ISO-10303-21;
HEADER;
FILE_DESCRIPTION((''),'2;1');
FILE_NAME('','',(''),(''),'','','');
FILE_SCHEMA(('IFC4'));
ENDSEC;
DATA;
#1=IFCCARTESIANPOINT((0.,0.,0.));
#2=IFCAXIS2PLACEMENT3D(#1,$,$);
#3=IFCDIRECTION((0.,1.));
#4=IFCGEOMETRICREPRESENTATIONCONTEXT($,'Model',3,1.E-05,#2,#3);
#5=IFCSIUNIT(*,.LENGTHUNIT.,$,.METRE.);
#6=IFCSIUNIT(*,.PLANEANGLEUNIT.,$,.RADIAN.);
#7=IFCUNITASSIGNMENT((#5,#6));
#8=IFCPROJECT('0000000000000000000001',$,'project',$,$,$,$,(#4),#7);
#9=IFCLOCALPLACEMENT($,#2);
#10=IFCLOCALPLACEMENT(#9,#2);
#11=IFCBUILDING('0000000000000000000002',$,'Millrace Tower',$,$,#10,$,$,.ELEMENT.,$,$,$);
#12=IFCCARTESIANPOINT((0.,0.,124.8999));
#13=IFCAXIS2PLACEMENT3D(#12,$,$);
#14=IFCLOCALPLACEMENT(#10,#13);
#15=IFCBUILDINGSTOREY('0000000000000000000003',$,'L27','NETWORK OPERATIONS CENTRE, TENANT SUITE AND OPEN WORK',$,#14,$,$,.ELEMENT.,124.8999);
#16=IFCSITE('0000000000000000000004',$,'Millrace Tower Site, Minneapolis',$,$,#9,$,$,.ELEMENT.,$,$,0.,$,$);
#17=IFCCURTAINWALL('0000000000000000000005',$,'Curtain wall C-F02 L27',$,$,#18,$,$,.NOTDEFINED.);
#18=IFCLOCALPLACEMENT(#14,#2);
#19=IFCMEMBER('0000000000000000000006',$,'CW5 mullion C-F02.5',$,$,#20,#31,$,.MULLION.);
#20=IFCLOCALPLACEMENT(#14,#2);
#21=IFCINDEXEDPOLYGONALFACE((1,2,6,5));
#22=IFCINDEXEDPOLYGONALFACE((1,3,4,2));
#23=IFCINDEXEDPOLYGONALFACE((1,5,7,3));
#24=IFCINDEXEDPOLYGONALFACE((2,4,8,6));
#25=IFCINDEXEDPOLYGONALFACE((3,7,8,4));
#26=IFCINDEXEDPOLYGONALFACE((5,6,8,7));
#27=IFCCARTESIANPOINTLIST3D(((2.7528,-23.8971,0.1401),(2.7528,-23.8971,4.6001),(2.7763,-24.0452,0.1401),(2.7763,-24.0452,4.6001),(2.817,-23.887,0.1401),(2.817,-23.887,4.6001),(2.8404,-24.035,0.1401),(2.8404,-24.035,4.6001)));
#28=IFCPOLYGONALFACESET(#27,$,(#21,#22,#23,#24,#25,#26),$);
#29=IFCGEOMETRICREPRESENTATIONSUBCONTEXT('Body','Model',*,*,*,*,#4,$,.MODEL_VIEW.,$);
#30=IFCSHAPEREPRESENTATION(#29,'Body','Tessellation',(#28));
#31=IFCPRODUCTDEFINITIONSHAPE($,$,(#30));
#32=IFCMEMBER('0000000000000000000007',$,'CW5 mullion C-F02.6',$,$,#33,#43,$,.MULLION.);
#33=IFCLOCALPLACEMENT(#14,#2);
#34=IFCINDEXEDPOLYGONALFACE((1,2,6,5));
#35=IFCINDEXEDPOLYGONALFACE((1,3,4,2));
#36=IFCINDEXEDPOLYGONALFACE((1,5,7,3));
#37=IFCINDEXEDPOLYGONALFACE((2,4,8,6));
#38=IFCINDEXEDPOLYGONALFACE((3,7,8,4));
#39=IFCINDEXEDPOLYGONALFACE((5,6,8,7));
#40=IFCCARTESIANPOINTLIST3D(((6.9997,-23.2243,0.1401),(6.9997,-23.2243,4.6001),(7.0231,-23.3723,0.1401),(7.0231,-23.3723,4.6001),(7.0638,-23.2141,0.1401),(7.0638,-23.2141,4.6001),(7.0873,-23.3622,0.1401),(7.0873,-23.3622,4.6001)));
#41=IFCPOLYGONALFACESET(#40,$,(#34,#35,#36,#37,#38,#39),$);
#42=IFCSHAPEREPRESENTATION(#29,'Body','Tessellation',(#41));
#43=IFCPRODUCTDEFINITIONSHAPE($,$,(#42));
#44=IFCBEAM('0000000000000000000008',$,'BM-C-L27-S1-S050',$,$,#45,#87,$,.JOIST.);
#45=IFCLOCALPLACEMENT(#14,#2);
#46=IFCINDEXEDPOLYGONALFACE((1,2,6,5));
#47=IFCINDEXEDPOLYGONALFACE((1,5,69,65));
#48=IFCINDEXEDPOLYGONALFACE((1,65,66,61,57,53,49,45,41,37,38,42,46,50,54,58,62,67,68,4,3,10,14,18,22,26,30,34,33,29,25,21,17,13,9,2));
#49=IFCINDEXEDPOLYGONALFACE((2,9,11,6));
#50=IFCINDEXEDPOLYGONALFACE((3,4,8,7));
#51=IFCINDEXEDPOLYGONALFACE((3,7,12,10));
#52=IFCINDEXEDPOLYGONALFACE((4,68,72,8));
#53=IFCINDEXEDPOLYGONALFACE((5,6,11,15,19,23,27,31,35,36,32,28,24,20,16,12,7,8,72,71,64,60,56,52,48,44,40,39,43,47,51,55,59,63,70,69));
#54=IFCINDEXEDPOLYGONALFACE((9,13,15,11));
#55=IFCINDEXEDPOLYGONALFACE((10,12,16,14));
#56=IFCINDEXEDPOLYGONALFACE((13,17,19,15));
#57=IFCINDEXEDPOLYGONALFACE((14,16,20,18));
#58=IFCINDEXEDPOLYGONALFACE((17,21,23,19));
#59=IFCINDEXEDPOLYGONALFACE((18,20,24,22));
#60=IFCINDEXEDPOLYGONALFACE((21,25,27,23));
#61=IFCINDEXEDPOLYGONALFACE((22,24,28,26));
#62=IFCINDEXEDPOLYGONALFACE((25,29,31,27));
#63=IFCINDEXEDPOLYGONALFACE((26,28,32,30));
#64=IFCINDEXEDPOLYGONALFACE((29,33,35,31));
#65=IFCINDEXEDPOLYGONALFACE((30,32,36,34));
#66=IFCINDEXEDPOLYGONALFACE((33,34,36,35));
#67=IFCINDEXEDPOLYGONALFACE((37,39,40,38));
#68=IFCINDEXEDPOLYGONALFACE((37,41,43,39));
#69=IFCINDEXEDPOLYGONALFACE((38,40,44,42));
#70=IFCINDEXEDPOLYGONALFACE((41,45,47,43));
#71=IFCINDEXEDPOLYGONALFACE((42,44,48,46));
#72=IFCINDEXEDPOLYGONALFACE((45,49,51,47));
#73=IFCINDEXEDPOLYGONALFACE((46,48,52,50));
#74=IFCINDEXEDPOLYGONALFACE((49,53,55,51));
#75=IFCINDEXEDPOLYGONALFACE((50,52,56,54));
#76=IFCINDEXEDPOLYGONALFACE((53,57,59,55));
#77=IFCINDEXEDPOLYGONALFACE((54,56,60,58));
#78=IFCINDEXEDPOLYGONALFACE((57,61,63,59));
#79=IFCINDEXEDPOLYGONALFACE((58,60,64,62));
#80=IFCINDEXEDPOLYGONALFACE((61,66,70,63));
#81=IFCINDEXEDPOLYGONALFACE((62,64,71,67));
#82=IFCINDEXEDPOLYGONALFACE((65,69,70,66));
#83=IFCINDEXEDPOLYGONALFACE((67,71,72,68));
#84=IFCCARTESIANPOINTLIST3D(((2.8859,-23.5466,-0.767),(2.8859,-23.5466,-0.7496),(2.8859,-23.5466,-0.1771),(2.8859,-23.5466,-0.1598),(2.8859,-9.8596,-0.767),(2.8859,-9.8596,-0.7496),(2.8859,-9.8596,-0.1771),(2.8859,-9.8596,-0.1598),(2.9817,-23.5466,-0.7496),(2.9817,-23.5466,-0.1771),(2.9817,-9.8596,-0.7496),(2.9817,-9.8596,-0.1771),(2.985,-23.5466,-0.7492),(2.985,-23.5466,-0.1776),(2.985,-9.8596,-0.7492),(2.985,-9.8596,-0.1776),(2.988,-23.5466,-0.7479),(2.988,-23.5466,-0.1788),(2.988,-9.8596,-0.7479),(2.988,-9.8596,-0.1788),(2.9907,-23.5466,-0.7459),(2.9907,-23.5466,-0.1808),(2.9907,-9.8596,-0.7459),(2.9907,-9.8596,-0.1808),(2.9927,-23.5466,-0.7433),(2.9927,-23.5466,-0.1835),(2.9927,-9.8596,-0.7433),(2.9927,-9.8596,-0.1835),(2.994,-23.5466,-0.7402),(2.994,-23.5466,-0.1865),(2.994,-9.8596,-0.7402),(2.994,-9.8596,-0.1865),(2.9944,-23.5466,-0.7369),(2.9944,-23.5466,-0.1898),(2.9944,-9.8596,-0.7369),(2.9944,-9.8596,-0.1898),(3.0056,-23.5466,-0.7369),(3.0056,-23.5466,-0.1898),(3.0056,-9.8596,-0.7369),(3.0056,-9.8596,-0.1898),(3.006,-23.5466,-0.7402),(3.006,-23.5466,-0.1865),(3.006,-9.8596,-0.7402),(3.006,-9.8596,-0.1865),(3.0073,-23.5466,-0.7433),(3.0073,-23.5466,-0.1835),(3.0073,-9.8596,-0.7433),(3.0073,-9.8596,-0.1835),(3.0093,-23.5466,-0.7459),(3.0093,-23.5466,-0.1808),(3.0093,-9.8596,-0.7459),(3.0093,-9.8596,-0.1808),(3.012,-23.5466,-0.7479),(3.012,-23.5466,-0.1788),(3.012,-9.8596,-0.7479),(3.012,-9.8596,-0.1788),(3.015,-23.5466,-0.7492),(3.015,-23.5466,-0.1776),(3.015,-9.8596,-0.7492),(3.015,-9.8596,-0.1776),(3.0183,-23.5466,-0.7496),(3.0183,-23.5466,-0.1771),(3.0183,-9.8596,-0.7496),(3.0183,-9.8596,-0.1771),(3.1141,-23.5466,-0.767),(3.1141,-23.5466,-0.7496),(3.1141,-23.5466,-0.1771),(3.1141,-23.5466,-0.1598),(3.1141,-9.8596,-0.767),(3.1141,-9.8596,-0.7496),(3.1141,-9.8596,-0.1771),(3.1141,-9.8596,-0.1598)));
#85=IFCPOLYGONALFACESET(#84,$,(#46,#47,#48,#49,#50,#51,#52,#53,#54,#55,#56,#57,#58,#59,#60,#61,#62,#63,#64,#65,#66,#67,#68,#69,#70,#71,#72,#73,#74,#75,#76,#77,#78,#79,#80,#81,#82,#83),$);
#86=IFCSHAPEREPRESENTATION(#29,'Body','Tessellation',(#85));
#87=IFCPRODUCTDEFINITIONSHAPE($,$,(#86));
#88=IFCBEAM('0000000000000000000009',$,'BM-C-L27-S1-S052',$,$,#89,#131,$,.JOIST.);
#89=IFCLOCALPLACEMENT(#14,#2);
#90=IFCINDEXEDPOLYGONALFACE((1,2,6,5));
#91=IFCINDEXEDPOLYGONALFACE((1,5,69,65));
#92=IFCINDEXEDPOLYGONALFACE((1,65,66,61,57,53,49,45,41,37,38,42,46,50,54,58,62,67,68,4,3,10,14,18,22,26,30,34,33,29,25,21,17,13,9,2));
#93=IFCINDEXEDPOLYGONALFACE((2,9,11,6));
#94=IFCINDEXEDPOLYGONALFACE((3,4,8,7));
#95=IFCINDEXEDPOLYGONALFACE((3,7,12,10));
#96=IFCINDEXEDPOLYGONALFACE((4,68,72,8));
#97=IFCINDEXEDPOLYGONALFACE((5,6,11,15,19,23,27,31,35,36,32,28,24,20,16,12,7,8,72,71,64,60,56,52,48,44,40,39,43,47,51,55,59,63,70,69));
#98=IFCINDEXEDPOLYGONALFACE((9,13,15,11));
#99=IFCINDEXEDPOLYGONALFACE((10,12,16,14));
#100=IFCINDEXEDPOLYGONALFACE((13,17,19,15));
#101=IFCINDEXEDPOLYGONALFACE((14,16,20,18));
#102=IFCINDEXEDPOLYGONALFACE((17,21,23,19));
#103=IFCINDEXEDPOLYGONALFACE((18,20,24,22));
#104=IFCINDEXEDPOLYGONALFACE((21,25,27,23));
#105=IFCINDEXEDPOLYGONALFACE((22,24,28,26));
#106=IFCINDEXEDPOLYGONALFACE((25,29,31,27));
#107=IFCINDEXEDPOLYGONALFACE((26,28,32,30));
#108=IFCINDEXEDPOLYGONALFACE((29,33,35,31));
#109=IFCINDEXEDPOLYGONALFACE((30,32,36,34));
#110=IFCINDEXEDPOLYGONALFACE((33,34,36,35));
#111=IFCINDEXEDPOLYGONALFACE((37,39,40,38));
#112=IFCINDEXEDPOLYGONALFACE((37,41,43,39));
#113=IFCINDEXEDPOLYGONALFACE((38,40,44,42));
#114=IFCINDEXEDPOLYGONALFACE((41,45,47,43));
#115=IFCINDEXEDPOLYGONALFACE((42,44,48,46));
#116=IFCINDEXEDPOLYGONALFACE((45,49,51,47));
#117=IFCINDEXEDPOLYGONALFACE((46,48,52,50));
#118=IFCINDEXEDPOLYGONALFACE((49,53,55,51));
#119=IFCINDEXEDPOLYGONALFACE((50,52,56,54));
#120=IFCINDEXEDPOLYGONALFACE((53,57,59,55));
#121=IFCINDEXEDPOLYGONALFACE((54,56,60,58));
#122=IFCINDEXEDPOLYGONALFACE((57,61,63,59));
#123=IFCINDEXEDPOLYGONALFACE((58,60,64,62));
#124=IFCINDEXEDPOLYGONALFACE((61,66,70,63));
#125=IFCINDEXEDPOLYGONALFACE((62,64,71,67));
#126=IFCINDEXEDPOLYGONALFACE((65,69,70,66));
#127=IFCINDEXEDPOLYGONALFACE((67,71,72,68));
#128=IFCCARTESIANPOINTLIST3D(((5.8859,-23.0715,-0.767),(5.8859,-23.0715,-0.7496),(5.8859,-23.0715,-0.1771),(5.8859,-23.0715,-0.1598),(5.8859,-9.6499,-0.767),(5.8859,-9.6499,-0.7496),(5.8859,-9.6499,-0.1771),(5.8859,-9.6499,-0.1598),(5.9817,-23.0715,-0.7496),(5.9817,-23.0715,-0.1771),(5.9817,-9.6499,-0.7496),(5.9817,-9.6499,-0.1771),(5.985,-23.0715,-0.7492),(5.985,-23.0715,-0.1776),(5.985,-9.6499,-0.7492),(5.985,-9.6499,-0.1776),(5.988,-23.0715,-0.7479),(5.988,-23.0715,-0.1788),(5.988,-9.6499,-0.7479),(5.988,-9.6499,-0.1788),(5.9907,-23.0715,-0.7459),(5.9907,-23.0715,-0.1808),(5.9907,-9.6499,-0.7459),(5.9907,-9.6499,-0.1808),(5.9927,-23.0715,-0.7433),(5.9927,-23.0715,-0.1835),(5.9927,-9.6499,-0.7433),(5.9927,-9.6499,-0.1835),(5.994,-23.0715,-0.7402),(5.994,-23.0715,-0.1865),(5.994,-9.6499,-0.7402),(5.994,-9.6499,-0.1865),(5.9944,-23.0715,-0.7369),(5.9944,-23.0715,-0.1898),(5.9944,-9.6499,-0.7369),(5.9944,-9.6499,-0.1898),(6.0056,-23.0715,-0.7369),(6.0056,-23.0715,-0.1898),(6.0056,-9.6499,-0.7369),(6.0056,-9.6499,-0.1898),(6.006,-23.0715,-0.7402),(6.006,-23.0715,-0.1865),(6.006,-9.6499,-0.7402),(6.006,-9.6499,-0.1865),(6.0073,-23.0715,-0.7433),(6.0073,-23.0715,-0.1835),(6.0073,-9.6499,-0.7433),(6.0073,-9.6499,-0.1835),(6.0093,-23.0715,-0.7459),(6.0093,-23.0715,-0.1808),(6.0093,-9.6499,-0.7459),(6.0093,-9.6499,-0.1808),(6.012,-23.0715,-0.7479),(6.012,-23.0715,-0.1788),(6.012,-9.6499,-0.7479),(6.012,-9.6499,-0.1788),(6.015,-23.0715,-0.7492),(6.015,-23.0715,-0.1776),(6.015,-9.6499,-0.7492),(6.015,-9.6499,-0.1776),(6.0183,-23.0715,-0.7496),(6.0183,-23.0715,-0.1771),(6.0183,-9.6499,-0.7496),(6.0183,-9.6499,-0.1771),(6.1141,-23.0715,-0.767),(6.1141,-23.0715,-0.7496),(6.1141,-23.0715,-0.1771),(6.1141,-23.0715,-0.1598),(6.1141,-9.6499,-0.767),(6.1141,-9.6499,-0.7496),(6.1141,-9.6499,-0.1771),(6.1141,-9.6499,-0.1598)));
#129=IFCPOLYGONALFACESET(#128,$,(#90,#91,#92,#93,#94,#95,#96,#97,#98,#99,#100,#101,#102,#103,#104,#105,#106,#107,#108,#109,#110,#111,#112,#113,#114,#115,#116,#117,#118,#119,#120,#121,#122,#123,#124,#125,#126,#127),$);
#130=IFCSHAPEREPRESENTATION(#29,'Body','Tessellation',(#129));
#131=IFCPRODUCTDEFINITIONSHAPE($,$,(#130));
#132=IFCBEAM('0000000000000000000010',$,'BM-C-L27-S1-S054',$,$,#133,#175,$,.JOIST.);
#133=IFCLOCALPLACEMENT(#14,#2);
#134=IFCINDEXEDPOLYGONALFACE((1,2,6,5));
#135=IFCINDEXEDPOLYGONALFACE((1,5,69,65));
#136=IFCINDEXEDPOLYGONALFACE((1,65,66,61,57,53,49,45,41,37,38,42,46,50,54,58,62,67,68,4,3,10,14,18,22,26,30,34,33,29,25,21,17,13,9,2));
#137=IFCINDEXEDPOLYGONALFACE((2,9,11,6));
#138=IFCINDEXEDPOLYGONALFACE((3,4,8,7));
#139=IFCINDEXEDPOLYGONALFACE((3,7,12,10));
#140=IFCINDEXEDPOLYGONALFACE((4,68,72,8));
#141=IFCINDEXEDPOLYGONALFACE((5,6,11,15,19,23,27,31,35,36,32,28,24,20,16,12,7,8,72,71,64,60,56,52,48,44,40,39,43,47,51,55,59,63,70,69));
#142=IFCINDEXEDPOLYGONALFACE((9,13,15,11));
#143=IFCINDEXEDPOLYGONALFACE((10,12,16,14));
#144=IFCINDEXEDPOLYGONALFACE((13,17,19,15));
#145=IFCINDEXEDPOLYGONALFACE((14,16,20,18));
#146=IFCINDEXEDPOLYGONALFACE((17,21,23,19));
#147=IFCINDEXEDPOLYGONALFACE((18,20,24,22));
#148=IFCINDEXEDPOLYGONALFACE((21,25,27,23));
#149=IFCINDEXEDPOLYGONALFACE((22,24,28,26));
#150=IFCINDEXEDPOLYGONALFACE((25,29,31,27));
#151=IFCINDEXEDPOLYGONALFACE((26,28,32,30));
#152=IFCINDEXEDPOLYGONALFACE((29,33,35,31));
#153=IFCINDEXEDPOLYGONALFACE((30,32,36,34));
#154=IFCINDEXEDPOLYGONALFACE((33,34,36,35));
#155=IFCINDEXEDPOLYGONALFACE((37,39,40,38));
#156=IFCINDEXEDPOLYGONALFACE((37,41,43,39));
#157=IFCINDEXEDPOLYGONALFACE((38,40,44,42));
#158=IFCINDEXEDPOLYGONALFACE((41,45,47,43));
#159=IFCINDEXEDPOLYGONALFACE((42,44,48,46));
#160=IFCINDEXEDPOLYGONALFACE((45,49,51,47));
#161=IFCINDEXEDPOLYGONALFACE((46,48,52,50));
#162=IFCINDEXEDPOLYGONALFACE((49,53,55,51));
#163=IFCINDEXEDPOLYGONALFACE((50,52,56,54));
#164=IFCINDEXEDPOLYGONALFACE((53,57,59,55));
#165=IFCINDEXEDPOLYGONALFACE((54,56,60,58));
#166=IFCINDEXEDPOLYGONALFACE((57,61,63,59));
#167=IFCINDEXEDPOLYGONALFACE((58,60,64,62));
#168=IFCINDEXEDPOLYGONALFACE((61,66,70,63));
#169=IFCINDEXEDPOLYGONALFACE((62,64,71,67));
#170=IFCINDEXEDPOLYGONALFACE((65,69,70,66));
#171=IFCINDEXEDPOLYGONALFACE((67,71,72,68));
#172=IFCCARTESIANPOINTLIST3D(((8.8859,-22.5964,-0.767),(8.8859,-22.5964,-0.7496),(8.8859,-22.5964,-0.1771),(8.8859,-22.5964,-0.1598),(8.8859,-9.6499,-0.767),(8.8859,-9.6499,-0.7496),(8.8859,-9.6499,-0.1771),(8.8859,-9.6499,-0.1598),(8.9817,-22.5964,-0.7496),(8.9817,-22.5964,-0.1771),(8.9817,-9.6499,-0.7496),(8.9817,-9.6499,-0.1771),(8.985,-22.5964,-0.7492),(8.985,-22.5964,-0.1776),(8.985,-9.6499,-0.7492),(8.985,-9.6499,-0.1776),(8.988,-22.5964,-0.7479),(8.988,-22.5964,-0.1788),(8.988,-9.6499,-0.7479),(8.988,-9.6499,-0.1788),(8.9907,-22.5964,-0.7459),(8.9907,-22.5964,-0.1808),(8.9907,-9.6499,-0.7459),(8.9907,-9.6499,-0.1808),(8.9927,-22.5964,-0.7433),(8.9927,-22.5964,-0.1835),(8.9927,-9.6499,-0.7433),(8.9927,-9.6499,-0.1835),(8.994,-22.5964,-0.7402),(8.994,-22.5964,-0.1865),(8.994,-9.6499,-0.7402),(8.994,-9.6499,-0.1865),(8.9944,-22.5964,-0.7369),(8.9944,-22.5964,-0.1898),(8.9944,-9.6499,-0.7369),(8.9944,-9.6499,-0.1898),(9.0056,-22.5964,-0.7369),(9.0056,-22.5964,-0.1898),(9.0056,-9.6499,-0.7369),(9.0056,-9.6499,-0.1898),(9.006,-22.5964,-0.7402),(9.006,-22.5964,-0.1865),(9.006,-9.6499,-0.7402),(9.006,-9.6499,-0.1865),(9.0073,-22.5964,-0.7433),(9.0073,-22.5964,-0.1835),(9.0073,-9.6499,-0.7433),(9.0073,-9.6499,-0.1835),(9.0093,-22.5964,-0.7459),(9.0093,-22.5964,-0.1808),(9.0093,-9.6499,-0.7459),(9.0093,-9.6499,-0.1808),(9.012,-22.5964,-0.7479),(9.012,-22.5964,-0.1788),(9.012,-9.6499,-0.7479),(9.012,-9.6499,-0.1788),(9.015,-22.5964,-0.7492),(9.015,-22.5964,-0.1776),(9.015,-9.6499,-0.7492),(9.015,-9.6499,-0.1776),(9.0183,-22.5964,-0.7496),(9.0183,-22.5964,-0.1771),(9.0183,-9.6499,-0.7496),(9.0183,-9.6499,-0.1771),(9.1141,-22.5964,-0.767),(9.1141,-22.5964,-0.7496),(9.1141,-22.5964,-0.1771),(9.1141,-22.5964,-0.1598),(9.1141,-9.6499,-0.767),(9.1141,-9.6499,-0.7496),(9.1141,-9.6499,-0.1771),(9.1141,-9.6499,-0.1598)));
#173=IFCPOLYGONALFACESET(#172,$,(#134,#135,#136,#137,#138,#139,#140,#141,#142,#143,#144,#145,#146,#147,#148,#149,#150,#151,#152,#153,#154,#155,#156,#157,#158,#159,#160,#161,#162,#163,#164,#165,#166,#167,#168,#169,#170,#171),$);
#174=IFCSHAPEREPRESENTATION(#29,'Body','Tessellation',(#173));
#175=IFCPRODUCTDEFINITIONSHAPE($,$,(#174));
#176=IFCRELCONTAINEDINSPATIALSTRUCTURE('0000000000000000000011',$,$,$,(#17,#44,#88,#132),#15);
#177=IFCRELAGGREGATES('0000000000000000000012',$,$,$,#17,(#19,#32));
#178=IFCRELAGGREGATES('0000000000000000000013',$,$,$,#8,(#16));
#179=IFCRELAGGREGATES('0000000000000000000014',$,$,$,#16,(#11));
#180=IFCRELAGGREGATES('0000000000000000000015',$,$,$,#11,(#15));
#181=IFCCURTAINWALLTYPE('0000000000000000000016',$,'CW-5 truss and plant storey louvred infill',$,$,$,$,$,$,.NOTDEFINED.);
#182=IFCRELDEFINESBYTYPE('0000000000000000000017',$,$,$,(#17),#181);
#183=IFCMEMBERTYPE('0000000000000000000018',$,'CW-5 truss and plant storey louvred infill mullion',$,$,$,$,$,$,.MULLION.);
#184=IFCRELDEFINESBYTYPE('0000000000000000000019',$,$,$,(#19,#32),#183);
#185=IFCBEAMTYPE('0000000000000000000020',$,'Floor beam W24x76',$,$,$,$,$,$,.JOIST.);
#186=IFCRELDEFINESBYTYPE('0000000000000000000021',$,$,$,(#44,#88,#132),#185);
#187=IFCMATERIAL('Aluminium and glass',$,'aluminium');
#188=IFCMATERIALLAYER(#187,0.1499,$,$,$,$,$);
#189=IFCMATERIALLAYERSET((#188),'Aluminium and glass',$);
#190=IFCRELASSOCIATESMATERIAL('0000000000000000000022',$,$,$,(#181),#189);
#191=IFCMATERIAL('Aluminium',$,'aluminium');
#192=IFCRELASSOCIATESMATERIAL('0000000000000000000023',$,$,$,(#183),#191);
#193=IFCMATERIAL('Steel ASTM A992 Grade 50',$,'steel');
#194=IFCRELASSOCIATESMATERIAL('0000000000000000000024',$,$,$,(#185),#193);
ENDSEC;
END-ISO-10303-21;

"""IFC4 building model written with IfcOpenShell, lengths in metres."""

from ifc_helpers import new_model, si_unit, direction, frame, origin, origin_2d, place, context, subcontext, project, spatial, rectangle, i_section, extrude, material, layer, layer_set, material_profile, profile_set, type_object, element, aggregate, save


model = new_model("IFC4")

# Units and contexts
model_context = context("Model", 3, precision=1e-05, world=origin(), true_north=direction((0.0, 1.0)))
body_context = subcontext(model_context, "Body", "Model", "MODEL_VIEW")
ifc_project = project(units=[si_unit("LENGTHUNIT", "METRE"), si_unit("PLANEANGLEUNIT", "RADIAN")], contexts=[model_context])

# Site, building, storey
site_placement = place(None, origin())
site = spatial("IfcSite", under=ifc_project, at=site_placement, Name="Millrace Tower Site, Minneapolis", CompositionType="ELEMENT", RefElevation=0.0)
building_placement = place(site_placement, origin())
building = spatial("IfcBuilding", under=site, at=building_placement, Name="Millrace Tower", CompositionType="ELEMENT")
storey_placement = place(building_placement, frame((0.0, 0.0, 124.8999)))
storey = spatial("IfcBuildingStorey", under=building, at=storey_placement, Name="L27", Description="NETWORK OPERATIONS CENTRE, TENANT SUITE AND OPEN WORK", CompositionType="ELEMENT", Elevation=124.8999)

# Curtain wall, members
ifc_material_1 = material(Name="Aluminium and glass", Category="aluminium")
ifc_layer_1 = layer(ifc_material_1, 0.1499)
ifc_layer_set_1 = layer_set([ifc_layer_1], Name="Aluminium and glass")
curtain_wall_type = type_object("IfcCurtainWallType", Name="CW-5 truss and plant storey louvred infill", PredefinedType="NOTDEFINED", material=ifc_layer_set_1)
curtain_wall_placement = place(storey_placement, origin())
curtain_wall = element("IfcCurtainWall", 1, at=curtain_wall_placement, inside=storey, type_object=curtain_wall_type, Name="Curtain wall C-F02 L27", PredefinedType="NOTDEFINED")
ifc_material_2 = material(Name="Aluminium", Category="aluminium")
ifc_material_profile_1 = material_profile(ifc_material_2, rectangle(XDim=0.0649, YDim=0.1499, at=origin_2d()))
ifc_profile_set_1 = profile_set([ifc_material_profile_1], Name="Aluminium")
member_type_1 = type_object("IfcMemberType", Name="CW-5 truss and plant storey louvred infill mullion", PredefinedType="MULLION", material=ifc_profile_set_1)
member_1_placement = place(storey_placement, frame((2.7966, -23.9661, 0.1401), z_axis=(0.0, 0.0, 1.0), x_axis=(0.987688, 0.156434, 0.0)))
member_1 = element("IfcMember", 2, at=member_1_placement, type_object=member_type_1, Name="CW5 mullion C-F02.5", PredefinedType="MULLION", context=body_context, shape_type="SweptSolid", body=[
    extrude(rectangle(XDim=0.0649, YDim=0.1499, at=origin_2d()), origin(), (0.0, 0.0, 1.0), 4.46),
])
member_2_placement = place(storey_placement, frame((7.0435, -23.2932, 0.1401), z_axis=(0.0, 0.0, 1.0), x_axis=(0.987688, 0.156434, 0.0)))
member_2 = element("IfcMember", 3, at=member_2_placement, type_object=member_type_1, Name="CW5 mullion C-F02.6", PredefinedType="MULLION", context=body_context, shape_type="SweptSolid", body=[
    extrude(rectangle(XDim=0.0649, YDim=0.1499, at=origin_2d()), origin(), (0.0, 0.0, 1.0), 4.46),
])
aggregate(curtain_wall, [member_1, member_2])

# Beams
ifc_material_3 = material(Name="Steel ASTM A992 Grade 50", Category="steel")
ifc_material_profile_2 = material_profile(ifc_material_3, i_section(OverallWidth=0.2283, OverallDepth=0.6072, WebThickness=0.0112, FlangeThickness=0.0173, FilletRadius=0.0127, at=origin_2d()))
ifc_profile_set_2 = profile_set([ifc_material_profile_2], Name="Steel ASTM A992 Grade 50")
beam_type_1 = type_object("IfcBeamType", Name="Floor beam W24x76", PredefinedType="JOIST", material=ifc_profile_set_2)
beam_1_placement = place(storey_placement, frame((3.0, -23.5466, -0.4634), z_axis=(0.0, 1.0, 0.0), x_axis=(-1.0, 0.0, 0.0)))
element("IfcBeam", 4, at=beam_1_placement, inside=storey, type_object=beam_type_1, Name="BM-C-L27-S1-S050", PredefinedType="JOIST", context=body_context, shape_type="SweptSolid", body=[
    extrude(i_section(OverallWidth=0.2283, OverallDepth=0.6072, WebThickness=0.0112, FlangeThickness=0.0173, FilletRadius=0.0127, at=origin_2d()), origin(), (0.0, 0.0, 1.0), 13.687),
])
beam_2_placement = place(storey_placement, frame((6.0, -23.0715, -0.4634), z_axis=(0.0, 1.0, 0.0), x_axis=(-1.0, 0.0, 0.0)))
element("IfcBeam", 5, at=beam_2_placement, inside=storey, type_object=beam_type_1, Name="BM-C-L27-S1-S052", PredefinedType="JOIST", context=body_context, shape_type="SweptSolid", body=[
    extrude(i_section(OverallWidth=0.2283, OverallDepth=0.6072, WebThickness=0.0112, FlangeThickness=0.0173, FilletRadius=0.0127, at=origin_2d()), origin(), (0.0, 0.0, 1.0), 13.4216),
])
beam_3_placement = place(storey_placement, frame((9.0, -22.5964, -0.4634), z_axis=(0.0, 1.0, 0.0), x_axis=(-1.0, 0.0, 0.0)))
element("IfcBeam", 6, at=beam_3_placement, inside=storey, type_object=beam_type_1, Name="BM-C-L27-S1-S054", PredefinedType="JOIST", context=body_context, shape_type="SweptSolid", body=[
    extrude(i_section(OverallWidth=0.2283, OverallDepth=0.6072, WebThickness=0.0112, FlangeThickness=0.0173, FilletRadius=0.0127, at=origin_2d()), origin(), (0.0, 0.0, 1.0), 12.9465),
])

save(model, "model.ifc")
